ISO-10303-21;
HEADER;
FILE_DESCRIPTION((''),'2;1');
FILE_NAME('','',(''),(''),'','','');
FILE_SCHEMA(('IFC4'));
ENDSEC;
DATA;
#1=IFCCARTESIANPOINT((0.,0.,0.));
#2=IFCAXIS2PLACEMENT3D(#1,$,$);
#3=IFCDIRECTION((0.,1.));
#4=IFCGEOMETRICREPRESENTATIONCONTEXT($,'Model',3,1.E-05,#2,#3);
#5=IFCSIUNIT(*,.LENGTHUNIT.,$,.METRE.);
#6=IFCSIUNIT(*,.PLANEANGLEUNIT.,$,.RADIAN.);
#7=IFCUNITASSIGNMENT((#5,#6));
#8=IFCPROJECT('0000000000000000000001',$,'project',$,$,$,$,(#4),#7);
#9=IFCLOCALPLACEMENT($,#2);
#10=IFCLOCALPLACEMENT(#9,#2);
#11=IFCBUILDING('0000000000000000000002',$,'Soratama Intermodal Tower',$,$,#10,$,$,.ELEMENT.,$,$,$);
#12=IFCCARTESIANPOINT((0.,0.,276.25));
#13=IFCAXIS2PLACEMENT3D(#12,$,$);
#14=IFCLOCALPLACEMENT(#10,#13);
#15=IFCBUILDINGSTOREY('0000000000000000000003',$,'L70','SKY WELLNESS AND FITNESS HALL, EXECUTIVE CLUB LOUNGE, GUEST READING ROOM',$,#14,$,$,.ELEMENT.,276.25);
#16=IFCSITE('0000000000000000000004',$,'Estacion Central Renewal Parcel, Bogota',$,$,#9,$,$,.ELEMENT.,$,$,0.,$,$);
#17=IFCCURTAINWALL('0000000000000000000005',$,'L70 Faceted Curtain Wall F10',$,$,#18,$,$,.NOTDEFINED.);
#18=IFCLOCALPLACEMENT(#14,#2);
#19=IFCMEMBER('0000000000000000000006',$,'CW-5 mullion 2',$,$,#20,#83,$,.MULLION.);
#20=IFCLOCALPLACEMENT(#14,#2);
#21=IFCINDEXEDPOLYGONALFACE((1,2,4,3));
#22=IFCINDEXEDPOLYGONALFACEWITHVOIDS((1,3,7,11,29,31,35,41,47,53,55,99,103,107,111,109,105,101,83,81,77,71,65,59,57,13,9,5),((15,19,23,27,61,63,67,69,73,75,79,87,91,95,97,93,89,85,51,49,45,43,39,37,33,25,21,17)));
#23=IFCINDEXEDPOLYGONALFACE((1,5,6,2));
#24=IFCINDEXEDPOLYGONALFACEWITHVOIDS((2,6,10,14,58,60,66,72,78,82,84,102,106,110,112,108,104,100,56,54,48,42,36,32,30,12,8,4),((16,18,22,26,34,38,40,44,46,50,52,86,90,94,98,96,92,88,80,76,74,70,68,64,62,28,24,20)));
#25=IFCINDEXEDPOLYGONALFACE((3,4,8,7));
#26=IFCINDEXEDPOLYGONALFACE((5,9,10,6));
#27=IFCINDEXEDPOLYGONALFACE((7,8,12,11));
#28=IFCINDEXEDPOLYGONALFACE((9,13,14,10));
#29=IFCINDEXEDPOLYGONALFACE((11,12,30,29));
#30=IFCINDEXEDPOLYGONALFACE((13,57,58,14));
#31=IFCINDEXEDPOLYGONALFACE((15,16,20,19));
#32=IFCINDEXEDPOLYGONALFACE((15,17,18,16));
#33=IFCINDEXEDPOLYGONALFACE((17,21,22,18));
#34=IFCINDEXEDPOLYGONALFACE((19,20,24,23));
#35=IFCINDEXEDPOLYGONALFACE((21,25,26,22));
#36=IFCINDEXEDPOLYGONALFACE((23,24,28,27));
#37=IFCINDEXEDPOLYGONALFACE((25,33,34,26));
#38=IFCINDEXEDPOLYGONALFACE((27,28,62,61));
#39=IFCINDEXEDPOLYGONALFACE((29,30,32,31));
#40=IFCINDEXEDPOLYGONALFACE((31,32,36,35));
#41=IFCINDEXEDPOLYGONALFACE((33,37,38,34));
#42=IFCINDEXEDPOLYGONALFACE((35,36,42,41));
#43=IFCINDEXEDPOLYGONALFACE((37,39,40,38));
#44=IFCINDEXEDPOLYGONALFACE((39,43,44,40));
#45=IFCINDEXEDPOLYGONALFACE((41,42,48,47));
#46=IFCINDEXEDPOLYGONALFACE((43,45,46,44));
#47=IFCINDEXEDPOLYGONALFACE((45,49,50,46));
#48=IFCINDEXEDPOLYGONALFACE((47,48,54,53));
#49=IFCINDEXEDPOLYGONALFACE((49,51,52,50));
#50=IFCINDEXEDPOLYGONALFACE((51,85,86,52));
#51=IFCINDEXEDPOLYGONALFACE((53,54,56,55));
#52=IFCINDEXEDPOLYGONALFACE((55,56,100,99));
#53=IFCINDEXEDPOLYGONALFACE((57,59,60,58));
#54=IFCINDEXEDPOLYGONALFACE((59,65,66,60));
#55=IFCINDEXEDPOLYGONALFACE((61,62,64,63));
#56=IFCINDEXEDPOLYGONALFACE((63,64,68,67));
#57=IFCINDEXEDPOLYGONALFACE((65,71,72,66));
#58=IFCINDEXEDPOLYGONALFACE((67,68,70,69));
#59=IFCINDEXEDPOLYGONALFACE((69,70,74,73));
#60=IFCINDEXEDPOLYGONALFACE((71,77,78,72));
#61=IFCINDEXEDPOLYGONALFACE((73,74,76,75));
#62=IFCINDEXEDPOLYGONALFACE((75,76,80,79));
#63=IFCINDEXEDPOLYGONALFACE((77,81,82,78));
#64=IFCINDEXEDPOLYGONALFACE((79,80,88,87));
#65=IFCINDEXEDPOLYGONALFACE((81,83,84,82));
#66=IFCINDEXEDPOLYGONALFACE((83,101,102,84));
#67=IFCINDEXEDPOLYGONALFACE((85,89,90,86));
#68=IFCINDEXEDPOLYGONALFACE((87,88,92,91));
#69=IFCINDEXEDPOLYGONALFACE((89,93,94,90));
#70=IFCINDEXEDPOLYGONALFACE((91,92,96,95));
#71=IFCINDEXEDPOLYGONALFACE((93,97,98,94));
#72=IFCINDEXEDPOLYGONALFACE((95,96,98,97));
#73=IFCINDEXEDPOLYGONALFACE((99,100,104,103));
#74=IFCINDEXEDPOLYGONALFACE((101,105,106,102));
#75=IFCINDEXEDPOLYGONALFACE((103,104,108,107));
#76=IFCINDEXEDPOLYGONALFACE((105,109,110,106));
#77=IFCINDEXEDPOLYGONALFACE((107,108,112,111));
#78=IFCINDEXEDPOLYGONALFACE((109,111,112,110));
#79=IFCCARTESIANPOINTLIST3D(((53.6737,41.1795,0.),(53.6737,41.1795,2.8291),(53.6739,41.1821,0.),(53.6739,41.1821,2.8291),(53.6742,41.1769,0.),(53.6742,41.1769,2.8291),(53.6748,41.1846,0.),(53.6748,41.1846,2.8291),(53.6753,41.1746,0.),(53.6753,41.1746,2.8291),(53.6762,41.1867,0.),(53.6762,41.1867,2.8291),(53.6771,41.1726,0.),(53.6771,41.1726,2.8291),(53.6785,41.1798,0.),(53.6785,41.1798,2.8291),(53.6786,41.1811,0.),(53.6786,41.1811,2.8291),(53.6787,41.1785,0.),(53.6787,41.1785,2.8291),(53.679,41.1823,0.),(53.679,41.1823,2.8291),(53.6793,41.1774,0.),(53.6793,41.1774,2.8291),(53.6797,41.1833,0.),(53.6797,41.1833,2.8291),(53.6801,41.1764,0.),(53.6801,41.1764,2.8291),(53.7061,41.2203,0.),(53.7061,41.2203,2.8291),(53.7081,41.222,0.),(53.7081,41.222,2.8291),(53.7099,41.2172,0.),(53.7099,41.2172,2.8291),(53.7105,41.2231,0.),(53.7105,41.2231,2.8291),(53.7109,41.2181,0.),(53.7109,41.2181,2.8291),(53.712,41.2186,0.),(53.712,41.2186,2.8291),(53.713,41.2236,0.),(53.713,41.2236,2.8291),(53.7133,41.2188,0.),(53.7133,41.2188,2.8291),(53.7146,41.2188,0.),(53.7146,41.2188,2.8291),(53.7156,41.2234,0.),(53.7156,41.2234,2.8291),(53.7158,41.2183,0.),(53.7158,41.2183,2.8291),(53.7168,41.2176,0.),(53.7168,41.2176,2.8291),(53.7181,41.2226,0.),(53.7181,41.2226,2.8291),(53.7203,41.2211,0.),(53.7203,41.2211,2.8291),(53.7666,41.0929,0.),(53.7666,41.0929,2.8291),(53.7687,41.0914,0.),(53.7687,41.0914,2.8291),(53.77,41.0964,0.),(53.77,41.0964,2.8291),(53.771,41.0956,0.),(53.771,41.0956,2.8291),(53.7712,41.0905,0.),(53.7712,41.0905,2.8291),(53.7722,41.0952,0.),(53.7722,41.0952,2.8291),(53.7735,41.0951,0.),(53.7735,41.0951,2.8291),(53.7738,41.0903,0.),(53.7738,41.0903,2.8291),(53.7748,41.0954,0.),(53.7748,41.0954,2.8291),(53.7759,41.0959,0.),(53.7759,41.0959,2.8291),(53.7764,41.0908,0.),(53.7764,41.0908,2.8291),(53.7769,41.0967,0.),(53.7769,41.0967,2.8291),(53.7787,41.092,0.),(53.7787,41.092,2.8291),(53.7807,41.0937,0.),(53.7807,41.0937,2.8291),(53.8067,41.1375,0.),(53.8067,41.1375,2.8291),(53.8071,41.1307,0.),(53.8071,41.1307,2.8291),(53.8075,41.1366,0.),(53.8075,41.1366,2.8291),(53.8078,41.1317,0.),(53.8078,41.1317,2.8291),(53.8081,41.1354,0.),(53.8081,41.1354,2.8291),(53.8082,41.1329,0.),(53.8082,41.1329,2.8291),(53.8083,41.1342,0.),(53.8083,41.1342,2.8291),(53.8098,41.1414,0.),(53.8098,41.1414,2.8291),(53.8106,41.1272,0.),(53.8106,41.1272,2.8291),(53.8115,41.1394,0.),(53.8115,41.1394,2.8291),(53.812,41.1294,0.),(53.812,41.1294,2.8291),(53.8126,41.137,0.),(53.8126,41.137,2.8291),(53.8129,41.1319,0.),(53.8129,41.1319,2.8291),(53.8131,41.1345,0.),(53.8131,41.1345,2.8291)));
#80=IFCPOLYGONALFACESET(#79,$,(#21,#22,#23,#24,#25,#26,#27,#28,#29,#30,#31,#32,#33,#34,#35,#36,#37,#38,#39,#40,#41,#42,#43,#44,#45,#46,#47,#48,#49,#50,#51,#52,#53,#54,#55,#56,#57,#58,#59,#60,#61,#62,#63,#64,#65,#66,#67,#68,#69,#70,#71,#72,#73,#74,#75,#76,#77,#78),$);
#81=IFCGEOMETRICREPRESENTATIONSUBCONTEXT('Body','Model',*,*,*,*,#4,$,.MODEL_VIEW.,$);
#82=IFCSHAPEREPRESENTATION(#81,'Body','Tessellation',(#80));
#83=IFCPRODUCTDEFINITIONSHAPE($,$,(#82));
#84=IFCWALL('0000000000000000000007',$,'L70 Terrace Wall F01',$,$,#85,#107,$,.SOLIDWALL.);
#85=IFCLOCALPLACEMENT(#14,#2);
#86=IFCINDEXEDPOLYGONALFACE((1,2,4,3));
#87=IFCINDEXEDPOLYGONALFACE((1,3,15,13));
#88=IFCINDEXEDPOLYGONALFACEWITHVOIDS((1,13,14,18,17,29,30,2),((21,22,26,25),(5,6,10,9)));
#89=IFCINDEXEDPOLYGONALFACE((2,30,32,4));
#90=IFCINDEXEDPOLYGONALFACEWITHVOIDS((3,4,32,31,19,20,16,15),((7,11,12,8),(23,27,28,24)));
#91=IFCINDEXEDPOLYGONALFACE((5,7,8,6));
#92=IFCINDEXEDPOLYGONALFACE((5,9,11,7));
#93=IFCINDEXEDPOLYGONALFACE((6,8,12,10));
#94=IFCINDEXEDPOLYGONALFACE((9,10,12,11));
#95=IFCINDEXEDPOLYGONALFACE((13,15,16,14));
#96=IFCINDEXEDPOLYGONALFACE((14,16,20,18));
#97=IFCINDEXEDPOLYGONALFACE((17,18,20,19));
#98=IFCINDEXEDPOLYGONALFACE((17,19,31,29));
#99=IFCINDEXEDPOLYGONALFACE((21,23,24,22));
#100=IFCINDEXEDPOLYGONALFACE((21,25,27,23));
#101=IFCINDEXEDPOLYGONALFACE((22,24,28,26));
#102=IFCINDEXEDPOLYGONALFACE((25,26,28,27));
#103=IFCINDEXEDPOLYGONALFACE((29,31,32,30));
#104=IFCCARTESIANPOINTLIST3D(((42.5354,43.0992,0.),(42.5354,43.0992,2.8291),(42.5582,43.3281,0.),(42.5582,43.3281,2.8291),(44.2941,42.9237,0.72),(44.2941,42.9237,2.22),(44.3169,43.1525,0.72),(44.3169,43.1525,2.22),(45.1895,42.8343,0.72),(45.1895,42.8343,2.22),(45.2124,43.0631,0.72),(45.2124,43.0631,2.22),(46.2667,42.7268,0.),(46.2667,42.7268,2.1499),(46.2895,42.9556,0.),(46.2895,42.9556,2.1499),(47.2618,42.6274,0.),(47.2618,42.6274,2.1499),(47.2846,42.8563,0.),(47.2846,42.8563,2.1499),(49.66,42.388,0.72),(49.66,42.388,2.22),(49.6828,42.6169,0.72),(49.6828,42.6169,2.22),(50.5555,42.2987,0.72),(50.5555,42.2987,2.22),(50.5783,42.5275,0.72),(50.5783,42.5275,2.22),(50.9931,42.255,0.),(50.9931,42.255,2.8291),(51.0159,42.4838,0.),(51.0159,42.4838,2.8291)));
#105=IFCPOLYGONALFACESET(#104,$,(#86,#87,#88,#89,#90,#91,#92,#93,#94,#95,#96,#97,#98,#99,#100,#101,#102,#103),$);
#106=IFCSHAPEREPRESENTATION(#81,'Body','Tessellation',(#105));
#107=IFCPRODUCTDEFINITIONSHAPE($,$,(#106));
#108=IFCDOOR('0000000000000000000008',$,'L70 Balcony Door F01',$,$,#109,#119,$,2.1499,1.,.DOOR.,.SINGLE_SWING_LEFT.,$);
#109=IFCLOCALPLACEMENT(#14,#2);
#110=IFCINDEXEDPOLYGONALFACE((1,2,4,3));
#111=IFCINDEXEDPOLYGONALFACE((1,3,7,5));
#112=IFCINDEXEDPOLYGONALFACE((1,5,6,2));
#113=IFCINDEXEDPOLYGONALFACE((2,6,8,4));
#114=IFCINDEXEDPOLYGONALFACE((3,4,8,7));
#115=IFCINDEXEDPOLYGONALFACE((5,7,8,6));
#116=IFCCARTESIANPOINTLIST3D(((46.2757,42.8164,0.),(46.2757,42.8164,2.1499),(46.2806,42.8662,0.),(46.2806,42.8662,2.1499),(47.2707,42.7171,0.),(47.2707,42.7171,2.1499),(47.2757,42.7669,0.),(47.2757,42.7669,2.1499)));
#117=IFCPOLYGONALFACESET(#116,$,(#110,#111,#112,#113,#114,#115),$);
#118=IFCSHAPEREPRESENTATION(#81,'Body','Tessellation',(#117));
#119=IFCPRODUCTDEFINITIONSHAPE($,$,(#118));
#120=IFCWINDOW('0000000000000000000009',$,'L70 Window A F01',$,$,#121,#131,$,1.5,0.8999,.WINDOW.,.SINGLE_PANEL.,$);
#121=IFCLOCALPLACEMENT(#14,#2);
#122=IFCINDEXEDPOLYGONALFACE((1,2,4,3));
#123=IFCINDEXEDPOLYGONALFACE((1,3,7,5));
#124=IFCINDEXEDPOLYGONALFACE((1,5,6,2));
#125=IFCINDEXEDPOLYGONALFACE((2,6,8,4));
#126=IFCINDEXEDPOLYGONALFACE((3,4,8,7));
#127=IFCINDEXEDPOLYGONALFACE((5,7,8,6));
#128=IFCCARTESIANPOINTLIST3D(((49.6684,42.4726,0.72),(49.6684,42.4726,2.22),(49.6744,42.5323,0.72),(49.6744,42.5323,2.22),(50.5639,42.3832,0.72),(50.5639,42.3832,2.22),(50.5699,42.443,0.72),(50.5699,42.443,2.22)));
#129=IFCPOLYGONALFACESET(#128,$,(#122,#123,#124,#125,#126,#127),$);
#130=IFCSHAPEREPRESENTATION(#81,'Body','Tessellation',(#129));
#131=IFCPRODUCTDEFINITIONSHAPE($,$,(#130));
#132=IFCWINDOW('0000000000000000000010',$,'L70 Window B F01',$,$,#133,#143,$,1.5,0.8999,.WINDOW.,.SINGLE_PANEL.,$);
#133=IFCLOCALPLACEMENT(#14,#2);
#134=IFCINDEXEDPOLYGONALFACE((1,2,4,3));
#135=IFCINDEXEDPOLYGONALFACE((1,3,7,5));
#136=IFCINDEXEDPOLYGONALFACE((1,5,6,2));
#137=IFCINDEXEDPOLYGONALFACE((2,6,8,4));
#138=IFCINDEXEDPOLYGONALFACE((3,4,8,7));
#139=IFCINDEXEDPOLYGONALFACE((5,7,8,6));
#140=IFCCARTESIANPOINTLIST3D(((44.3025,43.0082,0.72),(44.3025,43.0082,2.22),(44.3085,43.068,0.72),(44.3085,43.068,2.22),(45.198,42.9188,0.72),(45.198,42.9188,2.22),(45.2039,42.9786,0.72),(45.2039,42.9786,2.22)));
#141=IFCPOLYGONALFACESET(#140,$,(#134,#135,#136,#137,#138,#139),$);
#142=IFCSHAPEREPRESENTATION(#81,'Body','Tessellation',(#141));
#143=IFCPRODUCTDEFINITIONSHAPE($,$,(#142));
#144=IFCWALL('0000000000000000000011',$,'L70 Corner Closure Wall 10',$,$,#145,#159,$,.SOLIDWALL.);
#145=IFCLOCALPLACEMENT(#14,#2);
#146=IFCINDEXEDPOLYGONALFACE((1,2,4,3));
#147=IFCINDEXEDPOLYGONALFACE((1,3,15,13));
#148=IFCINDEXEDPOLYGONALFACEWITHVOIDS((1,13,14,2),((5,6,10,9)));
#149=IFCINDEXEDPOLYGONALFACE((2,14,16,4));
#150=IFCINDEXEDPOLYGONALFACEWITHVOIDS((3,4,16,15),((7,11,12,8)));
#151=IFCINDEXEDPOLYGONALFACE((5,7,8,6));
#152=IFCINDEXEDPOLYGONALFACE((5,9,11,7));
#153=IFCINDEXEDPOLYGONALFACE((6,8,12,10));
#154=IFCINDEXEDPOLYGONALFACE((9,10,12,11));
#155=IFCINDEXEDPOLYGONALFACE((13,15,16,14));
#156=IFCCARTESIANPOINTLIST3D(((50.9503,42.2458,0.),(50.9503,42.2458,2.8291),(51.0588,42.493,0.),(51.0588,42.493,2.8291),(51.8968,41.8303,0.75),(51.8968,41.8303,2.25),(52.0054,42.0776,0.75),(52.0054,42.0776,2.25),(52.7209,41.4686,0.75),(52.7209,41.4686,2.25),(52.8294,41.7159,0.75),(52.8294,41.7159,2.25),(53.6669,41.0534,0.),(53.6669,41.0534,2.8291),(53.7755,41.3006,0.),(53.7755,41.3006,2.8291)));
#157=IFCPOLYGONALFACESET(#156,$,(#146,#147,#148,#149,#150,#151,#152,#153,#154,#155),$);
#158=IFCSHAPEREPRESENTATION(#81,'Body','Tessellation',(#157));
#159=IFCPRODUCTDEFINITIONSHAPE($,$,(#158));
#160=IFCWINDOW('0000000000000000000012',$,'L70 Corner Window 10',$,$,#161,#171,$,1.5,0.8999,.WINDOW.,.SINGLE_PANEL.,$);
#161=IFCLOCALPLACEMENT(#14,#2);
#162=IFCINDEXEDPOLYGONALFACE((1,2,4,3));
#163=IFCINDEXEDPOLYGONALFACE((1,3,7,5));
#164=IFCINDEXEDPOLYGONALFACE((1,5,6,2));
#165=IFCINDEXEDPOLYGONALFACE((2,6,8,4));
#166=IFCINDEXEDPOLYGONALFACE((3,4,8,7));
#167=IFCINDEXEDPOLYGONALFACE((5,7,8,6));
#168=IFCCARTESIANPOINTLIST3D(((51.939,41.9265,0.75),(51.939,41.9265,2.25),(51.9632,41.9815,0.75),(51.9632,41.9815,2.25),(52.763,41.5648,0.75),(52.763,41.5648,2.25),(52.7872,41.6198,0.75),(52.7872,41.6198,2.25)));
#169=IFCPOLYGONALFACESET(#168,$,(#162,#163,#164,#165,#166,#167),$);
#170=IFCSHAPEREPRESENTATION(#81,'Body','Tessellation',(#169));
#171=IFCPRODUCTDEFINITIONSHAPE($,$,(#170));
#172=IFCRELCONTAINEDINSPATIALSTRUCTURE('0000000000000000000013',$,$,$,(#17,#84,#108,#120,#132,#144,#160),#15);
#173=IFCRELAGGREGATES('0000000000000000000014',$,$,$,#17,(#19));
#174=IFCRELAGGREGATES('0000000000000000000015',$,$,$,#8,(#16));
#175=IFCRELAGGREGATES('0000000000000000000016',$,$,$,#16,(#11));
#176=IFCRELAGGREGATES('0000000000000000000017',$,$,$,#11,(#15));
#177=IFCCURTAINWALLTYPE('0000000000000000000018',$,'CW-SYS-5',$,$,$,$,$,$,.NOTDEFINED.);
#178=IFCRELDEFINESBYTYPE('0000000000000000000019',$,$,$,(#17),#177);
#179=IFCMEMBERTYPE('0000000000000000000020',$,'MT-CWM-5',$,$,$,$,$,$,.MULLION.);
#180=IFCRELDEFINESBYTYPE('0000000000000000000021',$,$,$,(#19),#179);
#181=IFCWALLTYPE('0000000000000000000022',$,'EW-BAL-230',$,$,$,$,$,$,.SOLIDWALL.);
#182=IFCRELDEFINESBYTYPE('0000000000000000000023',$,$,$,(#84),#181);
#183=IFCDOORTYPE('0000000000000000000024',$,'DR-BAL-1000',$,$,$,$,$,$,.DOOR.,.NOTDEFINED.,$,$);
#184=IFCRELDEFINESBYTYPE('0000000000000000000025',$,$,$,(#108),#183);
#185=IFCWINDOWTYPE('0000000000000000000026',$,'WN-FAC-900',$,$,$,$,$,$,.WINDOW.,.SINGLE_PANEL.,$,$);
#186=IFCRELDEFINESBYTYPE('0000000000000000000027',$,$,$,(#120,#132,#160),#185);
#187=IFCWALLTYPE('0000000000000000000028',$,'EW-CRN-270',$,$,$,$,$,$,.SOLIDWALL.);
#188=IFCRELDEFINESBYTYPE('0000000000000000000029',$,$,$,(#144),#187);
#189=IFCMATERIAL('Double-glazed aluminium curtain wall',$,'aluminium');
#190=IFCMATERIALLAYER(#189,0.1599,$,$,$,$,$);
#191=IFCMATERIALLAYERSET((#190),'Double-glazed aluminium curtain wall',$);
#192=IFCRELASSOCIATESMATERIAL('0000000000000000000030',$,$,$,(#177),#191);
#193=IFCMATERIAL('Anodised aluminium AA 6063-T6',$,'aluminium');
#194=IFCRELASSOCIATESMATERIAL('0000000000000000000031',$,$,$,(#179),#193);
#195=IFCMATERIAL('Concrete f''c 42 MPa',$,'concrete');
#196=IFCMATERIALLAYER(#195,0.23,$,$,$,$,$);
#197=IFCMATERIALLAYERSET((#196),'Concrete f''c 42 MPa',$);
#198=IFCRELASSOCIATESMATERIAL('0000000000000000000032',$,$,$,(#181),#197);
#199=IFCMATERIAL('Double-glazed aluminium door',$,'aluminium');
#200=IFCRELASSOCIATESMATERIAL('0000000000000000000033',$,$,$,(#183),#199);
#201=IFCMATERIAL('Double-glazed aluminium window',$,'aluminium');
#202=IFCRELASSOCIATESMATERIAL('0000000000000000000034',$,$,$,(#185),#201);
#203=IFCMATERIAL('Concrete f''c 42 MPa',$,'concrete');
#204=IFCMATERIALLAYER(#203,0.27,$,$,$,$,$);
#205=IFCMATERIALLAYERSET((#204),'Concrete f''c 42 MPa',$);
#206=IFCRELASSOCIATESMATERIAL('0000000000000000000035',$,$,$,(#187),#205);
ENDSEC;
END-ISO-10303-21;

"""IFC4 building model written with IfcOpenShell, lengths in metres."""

from ifc_helpers import new_model, si_unit, direction, frame, frame_2d, origin, origin_2d, place, context, subcontext, project, spatial, rectangle, hollow_rectangle, extrude, material, layer, layer_set, material_profile, profile_set, type_object, element, fill, aggregate, save


model = new_model("IFC4")

# Units and contexts
model_context = context("Model", 3, precision=1e-05, world=origin(), true_north=direction((0.0, 1.0)))
body_context = subcontext(model_context, "Body", "Model", "MODEL_VIEW")
ifc_project = project(units=[si_unit("LENGTHUNIT", "METRE"), si_unit("PLANEANGLEUNIT", "RADIAN")], contexts=[model_context])

# Site, building, storey
site_placement = place(None, origin())
site = spatial("IfcSite", under=ifc_project, at=site_placement, Name="Estacion Central Renewal Parcel, Bogota", CompositionType="ELEMENT", RefElevation=0.0)
building_placement = place(site_placement, origin())
building = spatial("IfcBuilding", under=site, at=building_placement, Name="Soratama Intermodal Tower", CompositionType="ELEMENT")
storey_placement = place(building_placement, frame((0.0, 0.0, 276.25)))
storey = spatial("IfcBuildingStorey", under=building, at=storey_placement, Name="L70", Description="SKY WELLNESS AND FITNESS HALL, EXECUTIVE CLUB LOUNGE, GUEST READING ROOM", CompositionType="ELEMENT", Elevation=276.25)

# Curtain wall, member
ifc_material_1 = material(Name="Double-glazed aluminium curtain wall", Category="aluminium")
ifc_layer_1 = layer(ifc_material_1, 0.1599)
ifc_layer_set_1 = layer_set([ifc_layer_1], Name="Double-glazed aluminium curtain wall")
curtain_wall_type = type_object("IfcCurtainWallType", Name="CW-SYS-5", PredefinedType="NOTDEFINED", material=ifc_layer_set_1)
curtain_wall_placement = place(storey_placement, origin())
curtain_wall = element("IfcCurtainWall", 1, at=curtain_wall_placement, inside=storey, type_object=curtain_wall_type, Name="L70 Faceted Curtain Wall F10", PredefinedType="NOTDEFINED")
ifc_material_2 = material(Name="Anodised aluminium AA 6063-T6", Category="aluminium")
ifc_material_profile_1 = material_profile(ifc_material_2, hollow_rectangle(XDim=0.0649, YDim=0.1399, WallThickness=0.0049, InnerFilletRadius=0.0049, OuterFilletRadius=0.01, at=origin_2d()), Name="CWM140X65X5")
ifc_profile_set_1 = profile_set([ifc_material_profile_1], Name="Anodised aluminium AA 6063-T6")
member_type = type_object("IfcMemberType", Name="MT-CWM-5", PredefinedType="MULLION", material=ifc_profile_set_1)
member_placement = place(storey_placement, frame((53.7434, 41.157, 0.0), z_axis=(0.0, 0.0, 1.0), x_axis=(-0.665234, -0.746635, 0.0)))
member = element("IfcMember", 2, at=member_placement, type_object=member_type, Name="CW-5 mullion 2", PredefinedType="MULLION", context=body_context, shape_type="SweptSolid", body=[
    extrude(hollow_rectangle(XDim=0.0649, YDim=0.1399, WallThickness=0.0049, InnerFilletRadius=0.0049, OuterFilletRadius=0.01, at=origin_2d()), origin(), (0.0, 0.0, 1.0), 2.8291),
])
aggregate(curtain_wall, [member])

# Wall, openings, door, windows
ifc_material_3 = material(Name="Concrete f'c 42 MPa", Category="concrete")
ifc_layer_2 = layer(ifc_material_3, 0.23)
ifc_layer_set_2 = layer_set([ifc_layer_2], Name="Concrete f'c 42 MPa")
wall_type_1 = type_object("IfcWallType", Name="EW-BAL-230", PredefinedType="SOLIDWALL", material=ifc_layer_set_2)
wall_1_placement = place(storey_placement, frame((51.0046, 42.3694, 0.0), z_axis=(0.0, 0.0, 1.0), x_axis=(-0.995055, 0.099325, 0.0)))
wall_1 = element("IfcWall", 3, at=wall_1_placement, inside=storey, type_object=wall_type_1, Name="L70 Terrace Wall F01", PredefinedType="SOLIDWALL", context=body_context, shape_type="SweptSolid", body=[
    extrude(rectangle(XDim=8.4998, YDim=0.23, at=frame_2d((4.25, 0.0))), origin(), (0.0, 0.0, 1.0), 2.8291),
])
opening_1_placement = place(wall_1_placement, frame((3.75, 0.0, 0.0)))
opening_1 = element("IfcOpeningElement", 4, at=opening_1_placement, cuts=wall_1, PredefinedType="OPENING", context=body_context, shape_type="SweptSolid", body=[
    extrude(rectangle(XDim=1.0, YDim=2.1499, at=frame_2d((0.5, 1.075))), frame((0.0, 0.125, 0.0), z_axis=(0.0, -1.0, 0.0), x_axis=(1.0, 0.0, 0.0)), (0.0, 0.0, 1.0), 0.25),
])
opening_2_placement = place(wall_1_placement, frame((0.4399, 0.0, 0.72)))
opening_2 = element("IfcOpeningElement", 5, at=opening_2_placement, cuts=wall_1, PredefinedType="OPENING", context=body_context, shape_type="SweptSolid", body=[
    extrude(rectangle(XDim=0.8999, YDim=1.5, at=frame_2d((0.45, 0.75))), frame((0.0, 0.125, 0.0), z_axis=(0.0, -1.0, 0.0), x_axis=(1.0, 0.0, 0.0)), (0.0, 0.0, 1.0), 0.25),
])
opening_3_placement = place(wall_1_placement, frame((5.8325, 0.0, 0.72)))
opening_3 = element("IfcOpeningElement", 6, at=opening_3_placement, cuts=wall_1, PredefinedType="OPENING", context=body_context, shape_type="SweptSolid", body=[
    extrude(rectangle(XDim=0.8999, YDim=1.5, at=frame_2d((0.45, 0.75))), frame((0.0, 0.125, 0.0), z_axis=(0.0, -1.0, 0.0), x_axis=(1.0, 0.0, 0.0)), (0.0, 0.0, 1.0), 0.25),
])
ifc_material_4 = material(Name="Double-glazed aluminium door", Category="aluminium")
door_type_1 = type_object("IfcDoorType", Name="DR-BAL-1000", OperationType="NOTDEFINED", PredefinedType="DOOR", material=ifc_material_4)
door_1_placement = place(opening_1_placement, origin())
door_1 = element("IfcDoor", 7, at=door_1_placement, inside=storey, type_object=door_type_1, Name="L70 Balcony Door F01", OperationType="SINGLE_SWING_LEFT", OverallHeight=2.1499, OverallWidth=1.0, PredefinedType="DOOR", context=body_context, shape_type="SweptSolid", body=[
    extrude(rectangle(XDim=1.0, YDim=2.1499, at=frame_2d((0.5, 1.075))), frame((0.0, 0.0249, 0.0), z_axis=(0.0, -1.0, 0.0), x_axis=(1.0, 0.0, 0.0)), (0.0, 0.0, 1.0), 0.05),
])
fill(opening_1, door_1)
ifc_material_5 = material(Name="Double-glazed aluminium window", Category="aluminium")
window_type = type_object("IfcWindowType", Name="WN-FAC-900", PartitioningType="SINGLE_PANEL", PredefinedType="WINDOW", material=ifc_material_5)
window_1_placement = place(opening_2_placement, origin())
window_1 = element("IfcWindow", 8, at=window_1_placement, inside=storey, type_object=window_type, Name="L70 Window A F01", OverallHeight=1.5, OverallWidth=0.8999, PartitioningType="SINGLE_PANEL", PredefinedType="WINDOW", context=body_context, shape_type="SweptSolid", body=[
    extrude(rectangle(XDim=0.8999, YDim=1.5, at=frame_2d((0.45, 0.75))), frame((0.0, 0.03, 0.0), z_axis=(0.0, -1.0, 0.0), x_axis=(1.0, 0.0, 0.0)), (0.0, 0.0, 1.0), 0.0601),
])
fill(opening_2, window_1)
window_2_placement = place(opening_3_placement, origin())
window_2 = element("IfcWindow", 9, at=window_2_placement, inside=storey, type_object=window_type, Name="L70 Window B F01", OverallHeight=1.5, OverallWidth=0.8999, PartitioningType="SINGLE_PANEL", PredefinedType="WINDOW", context=body_context, shape_type="SweptSolid", body=[
    extrude(rectangle(XDim=0.8999, YDim=1.5, at=frame_2d((0.45, 0.75))), frame((0.0, 0.03, 0.0), z_axis=(0.0, -1.0, 0.0), x_axis=(1.0, 0.0, 0.0)), (0.0, 0.0, 1.0), 0.0601),
])
fill(opening_3, window_2)

# Wall, opening, window
ifc_material_6 = material(Name="Concrete f'c 42 MPa", Category="concrete")
ifc_layer_3 = layer(ifc_material_6, 0.27)
ifc_layer_set_3 = layer_set([ifc_layer_3], Name="Concrete f'c 42 MPa")
wall_type_2 = type_object("IfcWallType", Name="EW-CRN-270", PredefinedType="SOLIDWALL", material=ifc_layer_set_3)
wall_2_placement = place(storey_placement, frame((53.7212, 41.177, 0.0), z_axis=(0.0, 0.0, 1.0), x_axis=(-0.915675, 0.401919, 0.0)))
wall_2 = element("IfcWall", 10, at=wall_2_placement, inside=storey, type_object=wall_type_2, Name="L70 Corner Closure Wall 10", PredefinedType="SOLIDWALL", context=body_context, shape_type="SweptSolid", body=[
    extrude(rectangle(XDim=2.9668, YDim=0.27, at=frame_2d((1.4834, 0.0))), origin(), (0.0, 0.0, 1.0), 2.8291),
])
opening_4_placement = place(wall_2_placement, frame((1.0332, 0.0, 0.75)))
opening_4 = element("IfcOpeningElement", 11, at=opening_4_placement, cuts=wall_2, PredefinedType="OPENING", context=body_context, shape_type="SweptSolid", body=[
    extrude(rectangle(XDim=0.8999, YDim=1.5, at=frame_2d((0.45, 0.75))), frame((0.0, 0.145, 0.0), z_axis=(0.0, -1.0, 0.0), x_axis=(1.0, 0.0, 0.0)), (0.0, 0.0, 1.0), 0.29),
])
window_3_placement = place(opening_4_placement, origin())
window_3 = element("IfcWindow", 12, at=window_3_placement, inside=storey, type_object=window_type, Name="L70 Corner Window 10", OverallHeight=1.5, OverallWidth=0.8999, PartitioningType="SINGLE_PANEL", PredefinedType="WINDOW", context=body_context, shape_type="SweptSolid", body=[
    extrude(rectangle(XDim=0.8999, YDim=1.5, at=frame_2d((0.45, 0.75))), frame((0.0, 0.03, 0.0), z_axis=(0.0, -1.0, 0.0), x_axis=(1.0, 0.0, 0.0)), (0.0, 0.0, 1.0), 0.0601),
])
fill(opening_4, window_3)

save(model, "model.ifc")
